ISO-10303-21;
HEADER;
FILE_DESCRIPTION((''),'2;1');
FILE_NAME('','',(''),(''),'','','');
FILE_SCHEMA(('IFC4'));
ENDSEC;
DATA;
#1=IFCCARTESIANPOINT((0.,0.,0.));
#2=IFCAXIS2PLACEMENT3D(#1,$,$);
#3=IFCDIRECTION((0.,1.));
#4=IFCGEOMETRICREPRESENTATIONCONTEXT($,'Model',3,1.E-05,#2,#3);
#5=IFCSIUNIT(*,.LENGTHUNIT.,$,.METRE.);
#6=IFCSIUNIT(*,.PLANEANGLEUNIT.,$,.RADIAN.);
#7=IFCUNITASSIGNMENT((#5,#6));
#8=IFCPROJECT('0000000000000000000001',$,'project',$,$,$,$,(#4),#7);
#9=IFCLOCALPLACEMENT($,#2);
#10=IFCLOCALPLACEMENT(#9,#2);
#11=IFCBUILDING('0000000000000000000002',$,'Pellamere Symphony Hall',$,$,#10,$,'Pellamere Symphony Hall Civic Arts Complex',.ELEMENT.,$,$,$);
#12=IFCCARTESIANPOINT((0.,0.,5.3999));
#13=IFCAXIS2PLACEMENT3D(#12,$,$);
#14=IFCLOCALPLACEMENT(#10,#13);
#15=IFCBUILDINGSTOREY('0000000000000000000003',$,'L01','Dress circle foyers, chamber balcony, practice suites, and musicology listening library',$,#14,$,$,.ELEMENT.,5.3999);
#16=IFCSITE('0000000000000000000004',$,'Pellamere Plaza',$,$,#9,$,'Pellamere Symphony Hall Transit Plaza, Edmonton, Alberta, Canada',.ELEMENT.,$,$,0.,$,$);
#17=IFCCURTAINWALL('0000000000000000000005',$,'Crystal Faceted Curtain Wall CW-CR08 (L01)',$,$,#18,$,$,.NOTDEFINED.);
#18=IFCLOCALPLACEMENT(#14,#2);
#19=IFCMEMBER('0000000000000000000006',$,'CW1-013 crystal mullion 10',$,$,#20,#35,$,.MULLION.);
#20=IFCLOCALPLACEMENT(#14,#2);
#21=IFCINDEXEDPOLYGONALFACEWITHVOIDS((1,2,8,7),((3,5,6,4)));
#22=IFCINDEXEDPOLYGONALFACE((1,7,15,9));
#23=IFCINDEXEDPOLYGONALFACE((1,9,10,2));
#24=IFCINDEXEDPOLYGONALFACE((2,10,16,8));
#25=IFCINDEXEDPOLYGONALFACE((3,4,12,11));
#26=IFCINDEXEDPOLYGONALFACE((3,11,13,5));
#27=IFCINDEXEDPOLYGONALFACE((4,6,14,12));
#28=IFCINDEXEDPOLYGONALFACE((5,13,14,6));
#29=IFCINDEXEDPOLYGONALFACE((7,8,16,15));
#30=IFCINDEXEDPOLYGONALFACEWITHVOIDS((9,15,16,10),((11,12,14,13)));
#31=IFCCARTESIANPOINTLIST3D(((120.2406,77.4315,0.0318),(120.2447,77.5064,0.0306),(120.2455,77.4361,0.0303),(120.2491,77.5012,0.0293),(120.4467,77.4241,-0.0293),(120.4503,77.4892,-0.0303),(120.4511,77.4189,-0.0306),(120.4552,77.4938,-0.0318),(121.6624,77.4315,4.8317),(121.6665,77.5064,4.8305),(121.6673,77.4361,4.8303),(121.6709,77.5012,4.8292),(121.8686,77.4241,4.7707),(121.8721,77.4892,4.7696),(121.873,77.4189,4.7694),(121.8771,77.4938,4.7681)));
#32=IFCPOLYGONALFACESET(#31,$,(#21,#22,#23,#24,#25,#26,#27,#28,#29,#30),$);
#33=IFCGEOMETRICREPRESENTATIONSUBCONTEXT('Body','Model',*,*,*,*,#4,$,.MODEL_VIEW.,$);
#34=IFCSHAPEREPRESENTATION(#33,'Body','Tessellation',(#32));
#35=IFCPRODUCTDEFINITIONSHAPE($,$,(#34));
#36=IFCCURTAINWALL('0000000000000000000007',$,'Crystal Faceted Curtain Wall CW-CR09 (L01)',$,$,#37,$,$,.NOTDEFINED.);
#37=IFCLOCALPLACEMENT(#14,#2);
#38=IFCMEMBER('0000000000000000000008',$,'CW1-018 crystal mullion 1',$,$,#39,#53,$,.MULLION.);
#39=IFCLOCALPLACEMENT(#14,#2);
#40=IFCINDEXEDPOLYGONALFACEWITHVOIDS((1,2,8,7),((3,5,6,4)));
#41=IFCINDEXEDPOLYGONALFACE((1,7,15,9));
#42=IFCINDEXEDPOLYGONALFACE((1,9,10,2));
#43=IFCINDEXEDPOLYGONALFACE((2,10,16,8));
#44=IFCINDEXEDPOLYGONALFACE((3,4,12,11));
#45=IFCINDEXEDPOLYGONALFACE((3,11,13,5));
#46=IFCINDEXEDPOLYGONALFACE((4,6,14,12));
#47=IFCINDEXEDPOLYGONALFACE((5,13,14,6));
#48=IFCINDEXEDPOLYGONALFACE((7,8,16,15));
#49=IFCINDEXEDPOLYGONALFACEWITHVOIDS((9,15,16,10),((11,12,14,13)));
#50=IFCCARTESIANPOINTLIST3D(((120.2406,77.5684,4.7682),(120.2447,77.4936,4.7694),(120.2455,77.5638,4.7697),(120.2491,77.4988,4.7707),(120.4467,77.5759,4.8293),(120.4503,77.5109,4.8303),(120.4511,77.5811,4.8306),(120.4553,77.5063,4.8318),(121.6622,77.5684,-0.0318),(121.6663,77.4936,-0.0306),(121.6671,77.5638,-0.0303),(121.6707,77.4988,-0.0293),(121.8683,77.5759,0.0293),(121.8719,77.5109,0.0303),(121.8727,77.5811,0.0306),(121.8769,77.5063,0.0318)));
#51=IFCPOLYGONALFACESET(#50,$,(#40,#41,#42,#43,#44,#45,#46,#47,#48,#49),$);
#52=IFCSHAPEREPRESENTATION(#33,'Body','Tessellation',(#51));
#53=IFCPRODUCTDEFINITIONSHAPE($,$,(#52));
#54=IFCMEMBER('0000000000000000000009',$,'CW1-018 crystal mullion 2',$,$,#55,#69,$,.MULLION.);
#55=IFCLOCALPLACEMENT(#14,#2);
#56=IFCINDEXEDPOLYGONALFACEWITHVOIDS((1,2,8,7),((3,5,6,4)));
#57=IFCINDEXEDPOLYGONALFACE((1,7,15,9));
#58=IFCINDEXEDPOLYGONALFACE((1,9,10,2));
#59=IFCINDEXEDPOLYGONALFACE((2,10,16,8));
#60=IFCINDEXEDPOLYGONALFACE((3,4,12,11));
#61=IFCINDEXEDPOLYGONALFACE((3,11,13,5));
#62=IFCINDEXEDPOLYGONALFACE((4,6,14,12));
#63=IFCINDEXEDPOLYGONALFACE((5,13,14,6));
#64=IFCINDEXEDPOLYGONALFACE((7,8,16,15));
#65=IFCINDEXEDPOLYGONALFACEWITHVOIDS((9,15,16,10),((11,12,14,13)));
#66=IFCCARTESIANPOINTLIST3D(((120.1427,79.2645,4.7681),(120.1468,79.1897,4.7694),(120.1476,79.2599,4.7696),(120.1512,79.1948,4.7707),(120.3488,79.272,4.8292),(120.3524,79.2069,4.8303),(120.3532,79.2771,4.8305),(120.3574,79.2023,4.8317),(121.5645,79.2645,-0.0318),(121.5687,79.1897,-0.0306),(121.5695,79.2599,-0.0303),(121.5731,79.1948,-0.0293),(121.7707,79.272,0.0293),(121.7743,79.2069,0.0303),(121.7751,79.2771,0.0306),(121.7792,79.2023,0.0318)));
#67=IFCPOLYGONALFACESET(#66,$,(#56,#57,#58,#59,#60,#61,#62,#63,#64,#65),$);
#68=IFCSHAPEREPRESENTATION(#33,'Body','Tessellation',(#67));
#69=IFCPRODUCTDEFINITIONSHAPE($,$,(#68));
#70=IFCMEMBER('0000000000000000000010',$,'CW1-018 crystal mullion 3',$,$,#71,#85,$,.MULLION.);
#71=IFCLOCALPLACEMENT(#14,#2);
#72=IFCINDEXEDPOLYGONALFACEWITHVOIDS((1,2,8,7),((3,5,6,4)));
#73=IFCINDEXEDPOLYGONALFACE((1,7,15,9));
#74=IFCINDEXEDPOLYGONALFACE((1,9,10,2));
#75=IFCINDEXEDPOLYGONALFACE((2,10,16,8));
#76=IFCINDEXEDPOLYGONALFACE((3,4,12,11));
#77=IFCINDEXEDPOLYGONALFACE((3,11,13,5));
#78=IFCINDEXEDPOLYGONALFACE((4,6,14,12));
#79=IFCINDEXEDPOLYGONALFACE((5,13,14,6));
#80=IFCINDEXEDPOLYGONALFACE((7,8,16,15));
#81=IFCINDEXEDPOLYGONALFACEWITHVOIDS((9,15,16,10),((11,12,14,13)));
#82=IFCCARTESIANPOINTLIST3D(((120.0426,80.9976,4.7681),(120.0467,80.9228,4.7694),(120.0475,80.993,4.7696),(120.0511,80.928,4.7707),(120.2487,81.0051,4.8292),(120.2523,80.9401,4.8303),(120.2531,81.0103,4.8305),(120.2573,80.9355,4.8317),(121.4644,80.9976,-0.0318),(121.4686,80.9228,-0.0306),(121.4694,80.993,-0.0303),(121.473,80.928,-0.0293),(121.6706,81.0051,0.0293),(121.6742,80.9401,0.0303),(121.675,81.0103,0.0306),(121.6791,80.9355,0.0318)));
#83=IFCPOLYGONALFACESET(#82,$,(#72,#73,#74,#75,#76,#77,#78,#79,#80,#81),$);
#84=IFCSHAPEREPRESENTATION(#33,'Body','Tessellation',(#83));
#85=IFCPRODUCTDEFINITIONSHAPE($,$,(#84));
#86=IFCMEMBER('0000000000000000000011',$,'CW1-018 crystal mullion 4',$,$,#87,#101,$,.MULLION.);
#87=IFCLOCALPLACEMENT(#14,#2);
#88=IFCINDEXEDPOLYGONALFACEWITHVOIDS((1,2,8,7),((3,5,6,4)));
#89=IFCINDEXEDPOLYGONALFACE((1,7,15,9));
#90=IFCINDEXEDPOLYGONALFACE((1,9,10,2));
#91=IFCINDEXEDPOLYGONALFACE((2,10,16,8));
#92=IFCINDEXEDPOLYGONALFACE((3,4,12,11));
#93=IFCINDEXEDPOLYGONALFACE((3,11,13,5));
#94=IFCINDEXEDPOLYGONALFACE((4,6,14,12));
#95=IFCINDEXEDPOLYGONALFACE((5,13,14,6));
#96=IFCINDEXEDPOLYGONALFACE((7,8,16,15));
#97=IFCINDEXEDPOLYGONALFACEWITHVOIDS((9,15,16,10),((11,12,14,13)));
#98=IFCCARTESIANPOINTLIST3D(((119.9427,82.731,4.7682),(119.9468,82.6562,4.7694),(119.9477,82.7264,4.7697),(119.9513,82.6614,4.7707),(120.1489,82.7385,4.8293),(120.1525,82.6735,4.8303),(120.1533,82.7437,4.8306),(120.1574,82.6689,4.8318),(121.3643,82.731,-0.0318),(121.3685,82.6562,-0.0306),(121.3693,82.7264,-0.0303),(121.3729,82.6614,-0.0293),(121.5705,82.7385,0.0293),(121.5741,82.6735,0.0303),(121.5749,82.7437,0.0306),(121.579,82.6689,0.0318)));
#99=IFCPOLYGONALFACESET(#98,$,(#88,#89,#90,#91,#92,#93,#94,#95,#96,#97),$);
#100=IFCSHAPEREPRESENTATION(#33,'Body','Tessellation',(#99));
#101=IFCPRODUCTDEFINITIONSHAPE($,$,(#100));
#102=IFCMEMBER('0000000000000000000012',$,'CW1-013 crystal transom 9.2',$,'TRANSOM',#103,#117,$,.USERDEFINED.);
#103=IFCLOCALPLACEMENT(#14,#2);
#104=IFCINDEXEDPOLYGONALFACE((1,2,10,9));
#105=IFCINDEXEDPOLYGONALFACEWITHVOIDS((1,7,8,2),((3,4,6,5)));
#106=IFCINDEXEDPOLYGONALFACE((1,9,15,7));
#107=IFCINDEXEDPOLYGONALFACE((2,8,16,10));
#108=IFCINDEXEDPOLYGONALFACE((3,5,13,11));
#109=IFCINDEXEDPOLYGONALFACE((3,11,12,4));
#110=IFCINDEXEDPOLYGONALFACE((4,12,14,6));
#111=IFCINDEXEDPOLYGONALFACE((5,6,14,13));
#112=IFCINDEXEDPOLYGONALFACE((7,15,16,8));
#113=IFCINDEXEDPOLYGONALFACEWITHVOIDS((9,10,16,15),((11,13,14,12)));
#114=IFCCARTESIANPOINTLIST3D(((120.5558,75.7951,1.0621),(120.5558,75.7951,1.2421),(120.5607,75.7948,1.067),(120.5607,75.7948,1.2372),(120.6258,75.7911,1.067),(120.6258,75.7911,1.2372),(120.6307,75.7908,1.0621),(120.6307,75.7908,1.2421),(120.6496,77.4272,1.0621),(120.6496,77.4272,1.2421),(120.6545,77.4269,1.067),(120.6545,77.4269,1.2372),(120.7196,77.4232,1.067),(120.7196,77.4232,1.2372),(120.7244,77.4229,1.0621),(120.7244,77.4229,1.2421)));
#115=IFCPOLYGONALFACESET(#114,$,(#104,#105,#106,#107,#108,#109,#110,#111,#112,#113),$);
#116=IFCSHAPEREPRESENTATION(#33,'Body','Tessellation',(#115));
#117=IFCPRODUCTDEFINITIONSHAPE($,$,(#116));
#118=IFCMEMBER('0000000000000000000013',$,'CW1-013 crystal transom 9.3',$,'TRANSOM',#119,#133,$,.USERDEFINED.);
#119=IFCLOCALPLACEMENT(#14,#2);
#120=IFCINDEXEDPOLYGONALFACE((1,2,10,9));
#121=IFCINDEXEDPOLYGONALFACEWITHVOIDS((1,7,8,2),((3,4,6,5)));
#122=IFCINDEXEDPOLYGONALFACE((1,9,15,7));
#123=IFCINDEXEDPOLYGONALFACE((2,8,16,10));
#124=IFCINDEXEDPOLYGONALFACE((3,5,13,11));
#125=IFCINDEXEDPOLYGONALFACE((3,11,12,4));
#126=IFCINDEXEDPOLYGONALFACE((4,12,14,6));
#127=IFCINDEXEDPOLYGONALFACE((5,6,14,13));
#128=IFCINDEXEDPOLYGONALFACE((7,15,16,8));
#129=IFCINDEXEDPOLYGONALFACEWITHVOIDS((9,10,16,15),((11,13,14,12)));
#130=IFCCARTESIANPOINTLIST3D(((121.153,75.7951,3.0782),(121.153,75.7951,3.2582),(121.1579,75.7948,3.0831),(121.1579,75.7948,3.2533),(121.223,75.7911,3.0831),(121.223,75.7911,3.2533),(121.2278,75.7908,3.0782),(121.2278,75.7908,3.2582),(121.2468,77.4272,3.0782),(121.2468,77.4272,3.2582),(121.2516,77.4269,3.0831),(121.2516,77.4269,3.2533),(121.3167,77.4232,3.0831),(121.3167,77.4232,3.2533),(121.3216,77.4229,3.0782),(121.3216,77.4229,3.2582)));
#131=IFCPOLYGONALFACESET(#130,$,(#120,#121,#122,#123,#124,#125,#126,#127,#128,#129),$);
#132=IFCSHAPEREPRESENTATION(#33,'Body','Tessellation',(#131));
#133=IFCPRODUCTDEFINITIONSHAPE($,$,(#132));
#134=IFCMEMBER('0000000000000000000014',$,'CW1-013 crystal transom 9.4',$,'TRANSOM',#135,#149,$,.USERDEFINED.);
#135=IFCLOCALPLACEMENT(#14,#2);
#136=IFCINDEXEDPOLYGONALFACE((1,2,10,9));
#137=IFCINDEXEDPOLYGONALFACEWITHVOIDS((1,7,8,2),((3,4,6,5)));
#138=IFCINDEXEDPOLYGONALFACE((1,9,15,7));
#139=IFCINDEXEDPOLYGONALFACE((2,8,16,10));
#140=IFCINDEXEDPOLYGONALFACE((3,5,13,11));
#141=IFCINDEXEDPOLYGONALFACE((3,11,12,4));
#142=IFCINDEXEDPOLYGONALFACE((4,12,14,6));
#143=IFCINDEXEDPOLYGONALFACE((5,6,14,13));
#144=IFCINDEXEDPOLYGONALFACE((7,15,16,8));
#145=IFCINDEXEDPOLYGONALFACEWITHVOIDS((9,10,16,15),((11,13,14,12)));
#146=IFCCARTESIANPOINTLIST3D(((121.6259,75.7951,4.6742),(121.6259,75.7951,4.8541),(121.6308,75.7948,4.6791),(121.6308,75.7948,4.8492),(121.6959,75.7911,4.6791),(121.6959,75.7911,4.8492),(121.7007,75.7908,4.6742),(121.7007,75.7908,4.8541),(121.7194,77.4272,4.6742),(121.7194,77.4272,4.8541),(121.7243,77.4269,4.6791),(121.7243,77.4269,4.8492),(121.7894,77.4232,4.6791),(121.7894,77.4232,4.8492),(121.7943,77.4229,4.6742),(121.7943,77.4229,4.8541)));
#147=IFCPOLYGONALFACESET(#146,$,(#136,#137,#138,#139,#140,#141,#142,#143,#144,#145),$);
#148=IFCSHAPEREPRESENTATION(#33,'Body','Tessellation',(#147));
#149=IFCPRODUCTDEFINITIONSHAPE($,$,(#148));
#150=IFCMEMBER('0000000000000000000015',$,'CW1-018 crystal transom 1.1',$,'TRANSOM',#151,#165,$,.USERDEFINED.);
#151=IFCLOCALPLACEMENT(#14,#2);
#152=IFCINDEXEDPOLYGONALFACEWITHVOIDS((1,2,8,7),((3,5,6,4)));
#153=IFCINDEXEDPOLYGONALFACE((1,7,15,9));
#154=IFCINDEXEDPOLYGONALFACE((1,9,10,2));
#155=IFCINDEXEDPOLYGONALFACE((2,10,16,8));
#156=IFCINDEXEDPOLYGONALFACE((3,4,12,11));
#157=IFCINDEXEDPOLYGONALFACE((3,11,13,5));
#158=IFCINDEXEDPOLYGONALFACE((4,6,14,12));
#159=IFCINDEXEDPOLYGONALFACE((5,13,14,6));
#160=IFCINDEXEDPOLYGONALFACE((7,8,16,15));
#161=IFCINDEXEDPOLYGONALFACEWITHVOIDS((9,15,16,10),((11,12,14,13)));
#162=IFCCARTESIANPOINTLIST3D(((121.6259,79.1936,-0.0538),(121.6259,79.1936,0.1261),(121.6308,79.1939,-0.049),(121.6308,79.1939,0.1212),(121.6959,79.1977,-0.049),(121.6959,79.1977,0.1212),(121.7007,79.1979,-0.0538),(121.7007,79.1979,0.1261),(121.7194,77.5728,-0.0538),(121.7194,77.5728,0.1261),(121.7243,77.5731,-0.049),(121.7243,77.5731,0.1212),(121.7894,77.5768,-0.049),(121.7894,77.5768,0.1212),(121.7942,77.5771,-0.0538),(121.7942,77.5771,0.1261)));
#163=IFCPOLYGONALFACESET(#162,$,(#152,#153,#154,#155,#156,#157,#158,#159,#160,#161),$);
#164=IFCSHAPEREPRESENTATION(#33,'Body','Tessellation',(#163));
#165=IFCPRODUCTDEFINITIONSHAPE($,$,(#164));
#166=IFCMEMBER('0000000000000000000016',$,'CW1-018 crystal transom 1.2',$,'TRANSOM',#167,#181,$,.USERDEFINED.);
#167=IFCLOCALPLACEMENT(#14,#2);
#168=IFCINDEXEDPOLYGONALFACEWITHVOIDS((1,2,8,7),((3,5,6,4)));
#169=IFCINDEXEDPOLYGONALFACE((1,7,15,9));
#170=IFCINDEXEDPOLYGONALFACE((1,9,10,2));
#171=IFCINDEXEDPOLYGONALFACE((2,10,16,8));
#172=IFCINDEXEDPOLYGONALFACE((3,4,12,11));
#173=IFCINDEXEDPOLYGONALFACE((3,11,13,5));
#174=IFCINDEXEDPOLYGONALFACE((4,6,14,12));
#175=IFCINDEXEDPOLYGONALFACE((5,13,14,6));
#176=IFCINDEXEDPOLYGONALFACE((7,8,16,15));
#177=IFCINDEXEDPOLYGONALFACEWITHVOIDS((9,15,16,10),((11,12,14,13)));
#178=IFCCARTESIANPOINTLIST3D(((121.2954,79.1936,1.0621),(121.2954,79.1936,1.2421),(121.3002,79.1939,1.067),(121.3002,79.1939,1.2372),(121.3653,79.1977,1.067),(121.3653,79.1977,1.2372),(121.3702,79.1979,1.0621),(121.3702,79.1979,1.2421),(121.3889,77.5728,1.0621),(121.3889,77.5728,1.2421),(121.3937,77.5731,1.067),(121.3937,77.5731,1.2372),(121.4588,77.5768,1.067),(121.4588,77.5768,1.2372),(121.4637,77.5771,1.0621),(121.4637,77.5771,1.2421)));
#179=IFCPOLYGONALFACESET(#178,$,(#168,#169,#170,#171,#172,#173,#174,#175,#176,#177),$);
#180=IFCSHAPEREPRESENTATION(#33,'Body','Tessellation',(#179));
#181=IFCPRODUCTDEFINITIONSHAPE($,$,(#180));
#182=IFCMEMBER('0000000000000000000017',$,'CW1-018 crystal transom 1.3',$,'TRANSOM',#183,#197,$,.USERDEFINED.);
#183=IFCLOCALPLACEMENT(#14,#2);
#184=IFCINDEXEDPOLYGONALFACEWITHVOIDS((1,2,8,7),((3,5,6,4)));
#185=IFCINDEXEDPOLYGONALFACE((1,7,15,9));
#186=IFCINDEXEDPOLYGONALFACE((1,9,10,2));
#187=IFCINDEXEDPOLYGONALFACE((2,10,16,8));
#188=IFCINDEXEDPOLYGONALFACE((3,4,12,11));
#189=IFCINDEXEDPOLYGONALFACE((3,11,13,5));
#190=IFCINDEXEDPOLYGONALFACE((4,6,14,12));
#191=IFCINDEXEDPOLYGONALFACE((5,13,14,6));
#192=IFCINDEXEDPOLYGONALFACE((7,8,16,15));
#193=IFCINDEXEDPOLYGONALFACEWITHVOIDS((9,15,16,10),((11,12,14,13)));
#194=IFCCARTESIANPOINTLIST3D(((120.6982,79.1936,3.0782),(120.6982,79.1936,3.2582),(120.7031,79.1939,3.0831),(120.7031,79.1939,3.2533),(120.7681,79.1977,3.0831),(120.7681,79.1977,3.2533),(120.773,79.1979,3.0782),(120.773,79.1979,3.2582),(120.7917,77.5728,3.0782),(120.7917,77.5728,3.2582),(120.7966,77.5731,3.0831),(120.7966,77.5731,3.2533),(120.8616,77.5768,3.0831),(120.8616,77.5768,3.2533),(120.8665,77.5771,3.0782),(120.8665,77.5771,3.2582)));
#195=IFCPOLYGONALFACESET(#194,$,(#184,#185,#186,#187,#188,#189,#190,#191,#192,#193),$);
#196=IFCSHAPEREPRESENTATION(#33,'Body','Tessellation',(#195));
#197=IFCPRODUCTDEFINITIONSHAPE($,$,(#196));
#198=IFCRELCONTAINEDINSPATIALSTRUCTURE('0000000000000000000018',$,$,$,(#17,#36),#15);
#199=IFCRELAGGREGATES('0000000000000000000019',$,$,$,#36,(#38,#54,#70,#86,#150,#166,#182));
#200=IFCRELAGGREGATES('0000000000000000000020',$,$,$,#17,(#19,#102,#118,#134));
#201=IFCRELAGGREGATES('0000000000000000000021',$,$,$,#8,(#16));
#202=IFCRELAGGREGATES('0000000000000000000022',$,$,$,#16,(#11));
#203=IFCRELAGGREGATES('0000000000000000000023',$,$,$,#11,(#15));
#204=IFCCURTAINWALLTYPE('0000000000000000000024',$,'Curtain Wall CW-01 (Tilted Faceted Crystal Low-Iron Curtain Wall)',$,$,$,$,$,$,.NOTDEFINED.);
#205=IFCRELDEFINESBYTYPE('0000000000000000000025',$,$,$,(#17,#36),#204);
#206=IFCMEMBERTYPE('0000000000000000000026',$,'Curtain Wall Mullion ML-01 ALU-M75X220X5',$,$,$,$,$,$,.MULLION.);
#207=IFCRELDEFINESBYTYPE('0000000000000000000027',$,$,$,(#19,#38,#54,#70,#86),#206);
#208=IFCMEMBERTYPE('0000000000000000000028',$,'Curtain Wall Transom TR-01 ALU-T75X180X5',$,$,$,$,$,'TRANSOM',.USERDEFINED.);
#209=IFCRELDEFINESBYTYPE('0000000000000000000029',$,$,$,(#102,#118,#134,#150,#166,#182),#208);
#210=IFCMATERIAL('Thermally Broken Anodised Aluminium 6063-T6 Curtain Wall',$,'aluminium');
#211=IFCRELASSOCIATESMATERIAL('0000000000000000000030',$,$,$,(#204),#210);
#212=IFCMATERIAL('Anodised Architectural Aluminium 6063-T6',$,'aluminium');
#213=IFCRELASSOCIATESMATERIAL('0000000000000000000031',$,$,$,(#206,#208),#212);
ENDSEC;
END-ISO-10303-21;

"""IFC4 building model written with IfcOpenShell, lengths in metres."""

from ifc_helpers import new_model, si_unit, direction, frame, origin, origin_2d, place, context, subcontext, project, spatial, hollow_rectangle, extrude, material, material_profile, profile_set, type_object, element, aggregate, save


model = new_model("IFC4")

# Units and contexts
model_context = context("Model", 3, precision=1e-05, world=origin(), true_north=direction((0.0, 1.0)))
body_context = subcontext(model_context, "Body", "Model", "MODEL_VIEW")
ifc_project = project(units=[si_unit("LENGTHUNIT", "METRE"), si_unit("PLANEANGLEUNIT", "RADIAN")], contexts=[model_context])

# Site, building, storey
site_placement = place(None, origin())
site = spatial("IfcSite", under=ifc_project, at=site_placement, Name="Pellamere Plaza", LongName="Pellamere Symphony Hall Transit Plaza, Edmonton, Alberta, Canada", CompositionType="ELEMENT", RefElevation=0.0)
building_placement = place(site_placement, origin())
building = spatial("IfcBuilding", under=site, at=building_placement, Name="Pellamere Symphony Hall", LongName="Pellamere Symphony Hall Civic Arts Complex", CompositionType="ELEMENT")
storey_placement = place(building_placement, frame((0.0, 0.0, 5.3999)))
storey = spatial("IfcBuildingStorey", under=building, at=storey_placement, Name="L01", Description="Dress circle foyers, chamber balcony, practice suites, and musicology listening library", CompositionType="ELEMENT", Elevation=5.3999)

# Curtain wall, member
ifc_material_1 = material(Name="Thermally Broken Anodised Aluminium 6063-T6 Curtain Wall", Category="aluminium")
curtain_wall_type = type_object("IfcCurtainWallType", Name="Curtain Wall CW-01 (Tilted Faceted Crystal Low-Iron Curtain Wall)", PredefinedType="NOTDEFINED", material=ifc_material_1)
curtain_wall_1_placement = place(storey_placement, origin())
curtain_wall_1 = element("IfcCurtainWall", 1, at=curtain_wall_1_placement, inside=storey, type_object=curtain_wall_type, Name="Crystal Faceted Curtain Wall CW-CR08 (L01)", PredefinedType="NOTDEFINED")
ifc_material_2 = material(Name="Anodised Architectural Aluminium 6063-T6", Category="aluminium")
ifc_material_profile_1 = material_profile(ifc_material_2, hollow_rectangle(XDim=0.075, YDim=0.22, WallThickness=0.0049, at=origin_2d()), Name="ALU-M75X220X5")
ifc_profile_set_1 = profile_set([ifc_material_profile_1], Name="Anodised Architectural Aluminium 6063-T6")
member_type_1 = type_object("IfcMemberType", Name="Curtain Wall Mullion ML-01 ALU-M75X220X5", PredefinedType="MULLION", material=ifc_profile_set_1)
member_1_placement = place(storey_placement, frame((120.3479, 77.4626, 0.0), z_axis=(0.284022, 0.0, 0.958818), x_axis=(-0.054874, -0.998361, 0.016255)))
member_1 = element("IfcMember", 2, at=member_1_placement, type_object=member_type_1, Name="CW1-013 crystal mullion 10", PredefinedType="MULLION", context=body_context, shape_type="SweptSolid", body=[
    extrude(hollow_rectangle(XDim=0.075, YDim=0.22, WallThickness=0.0049, at=origin_2d()), origin(), (0.0, 0.0, 1.0), 5.0061),
])

# Curtain wall, members
curtain_wall_2_placement = place(storey_placement, origin())
curtain_wall_2 = element("IfcCurtainWall", 3, at=curtain_wall_2_placement, inside=storey, type_object=curtain_wall_type, Name="Crystal Faceted Curtain Wall CW-CR09 (L01)", PredefinedType="NOTDEFINED")
member_2_placement = place(storey_placement, frame((121.7695, 77.5374, 0.0), z_axis=(-0.283977, 0.0, 0.958831), x_axis=(-0.055225, 0.99834, -0.016356)))
member_2 = element("IfcMember", 4, at=member_2_placement, type_object=member_type_1, Name="CW1-018 crystal mullion 1", PredefinedType="MULLION", context=body_context, shape_type="SweptSolid", body=[
    extrude(hollow_rectangle(XDim=0.075, YDim=0.22, WallThickness=0.0049, at=origin_2d()), origin(), (0.0, 0.0, 1.0), 5.0061),
])
member_3_placement = place(storey_placement, frame((121.6719, 79.2334, 0.0), z_axis=(-0.284022, 0.0, 0.958818), x_axis=(-0.055225, 0.99834, -0.016359)))
member_3 = element("IfcMember", 5, at=member_3_placement, type_object=member_type_1, Name="CW1-018 crystal mullion 2", PredefinedType="MULLION", context=body_context, shape_type="SweptSolid", body=[
    extrude(hollow_rectangle(XDim=0.075, YDim=0.22, WallThickness=0.0049, at=origin_2d()), origin(), (0.0, 0.0, 1.0), 5.0061),
])
member_4_placement = place(storey_placement, frame((121.5718, 80.9666, 0.0), z_axis=(-0.284022, 0.0, 0.958818), x_axis=(-0.055225, 0.99834, -0.016359)))
member_4 = element("IfcMember", 6, at=member_4_placement, type_object=member_type_1, Name="CW1-018 crystal mullion 3", PredefinedType="MULLION", context=body_context, shape_type="SweptSolid", body=[
    extrude(hollow_rectangle(XDim=0.075, YDim=0.22, WallThickness=0.0049, at=origin_2d()), origin(), (0.0, 0.0, 1.0), 5.0061),
])
member_5_placement = place(storey_placement, frame((121.4717, 82.7, 0.0), z_axis=(-0.283977, 0.0, 0.958831), x_axis=(-0.055225, 0.99834, -0.016356)))
member_5 = element("IfcMember", 7, at=member_5_placement, type_object=member_type_1, Name="CW1-018 crystal mullion 4", PredefinedType="MULLION", context=body_context, shape_type="SweptSolid", body=[
    extrude(hollow_rectangle(XDim=0.075, YDim=0.22, WallThickness=0.0049, at=origin_2d()), origin(), (0.0, 0.0, 1.0), 5.0061),
])

# Members
ifc_material_profile_2 = material_profile(ifc_material_2, hollow_rectangle(XDim=0.075, YDim=0.1799, WallThickness=0.0049, at=origin_2d()), Name="ALU-T75X180X5")
ifc_profile_set_2 = profile_set([ifc_material_profile_2], Name="Anodised Architectural Aluminium 6063-T6")
member_type_2 = type_object("IfcMemberType", Name="Curtain Wall Transom TR-01 ALU-T75X180X5", ElementType="TRANSOM", PredefinedType="USERDEFINED", material=ifc_profile_set_2)
member_6_placement = place(storey_placement, frame((120.5933, 75.793, 1.1521), z_axis=(0.057348, 0.998354, 0.0), x_axis=(-0.998354, 0.057348, 0.0)))
member_6 = element("IfcMember", 8, at=member_6_placement, type_object=member_type_2, Name="CW1-013 crystal transom 9.2", ObjectType="TRANSOM", PredefinedType="USERDEFINED", context=body_context, shape_type="SweptSolid", body=[
    extrude(hollow_rectangle(XDim=0.075, YDim=0.1799, WallThickness=0.0049, at=origin_2d()), origin(), (0.0, 0.0, 1.0), 1.6348),
])
member_7_placement = place(storey_placement, frame((121.1904, 75.793, 3.1682), z_axis=(0.057348, 0.998354, 0.0), x_axis=(-0.998354, 0.057348, 0.0)))
member_7 = element("IfcMember", 9, at=member_7_placement, type_object=member_type_2, Name="CW1-013 crystal transom 9.3", ObjectType="TRANSOM", PredefinedType="USERDEFINED", context=body_context, shape_type="SweptSolid", body=[
    extrude(hollow_rectangle(XDim=0.075, YDim=0.1799, WallThickness=0.0049, at=origin_2d()), origin(), (0.0, 0.0, 1.0), 1.6348),
])
member_8_placement = place(storey_placement, frame((121.6633, 75.793, 4.7642), z_axis=(0.057199, 0.998363, 0.0), x_axis=(-0.998363, 0.057199, 0.0)))
member_8 = element("IfcMember", 10, at=member_8_placement, type_object=member_type_2, Name="CW1-013 crystal transom 9.4", ObjectType="TRANSOM", PredefinedType="USERDEFINED", context=body_context, shape_type="SweptSolid", body=[
    extrude(hollow_rectangle(XDim=0.075, YDim=0.1799, WallThickness=0.0049, at=origin_2d()), origin(), (0.0, 0.0, 1.0), 1.6348),
])
member_9_placement = place(storey_placement, frame((121.7568, 77.575, 0.0361), z_axis=(-0.057594, 0.99834, 0.0), x_axis=(-0.99834, -0.057594, 0.0)))
member_9 = element("IfcMember", 11, at=member_9_placement, type_object=member_type_2, Name="CW1-018 crystal transom 1.1", ObjectType="TRANSOM", PredefinedType="USERDEFINED", context=body_context, shape_type="SweptSolid", body=[
    extrude(hollow_rectangle(XDim=0.075, YDim=0.1799, WallThickness=0.0049, at=origin_2d()), origin(), (0.0, 0.0, 1.0), 1.6235),
])
member_10_placement = place(storey_placement, frame((121.4263, 77.575, 1.1521), z_axis=(-0.057594, 0.99834, 0.0), x_axis=(-0.99834, -0.057594, 0.0)))
member_10 = element("IfcMember", 12, at=member_10_placement, type_object=member_type_2, Name="CW1-018 crystal transom 1.2", ObjectType="TRANSOM", PredefinedType="USERDEFINED", context=body_context, shape_type="SweptSolid", body=[
    extrude(hollow_rectangle(XDim=0.075, YDim=0.1799, WallThickness=0.0049, at=origin_2d()), origin(), (0.0, 0.0, 1.0), 1.6235),
])
member_11_placement = place(storey_placement, frame((120.8291, 77.575, 3.1682), z_axis=(-0.057594, 0.99834, 0.0), x_axis=(-0.99834, -0.057594, 0.0)))
member_11 = element("IfcMember", 13, at=member_11_placement, type_object=member_type_2, Name="CW1-018 crystal transom 1.3", ObjectType="TRANSOM", PredefinedType="USERDEFINED", context=body_context, shape_type="SweptSolid", body=[
    extrude(hollow_rectangle(XDim=0.075, YDim=0.1799, WallThickness=0.0049, at=origin_2d()), origin(), (0.0, 0.0, 1.0), 1.6235),
])

aggregate(curtain_wall_2, [member_2, member_3, member_4, member_5, member_9, member_10, member_11])
aggregate(curtain_wall_1, [member_1, member_6, member_7, member_8])

save(model, "model.ifc")
